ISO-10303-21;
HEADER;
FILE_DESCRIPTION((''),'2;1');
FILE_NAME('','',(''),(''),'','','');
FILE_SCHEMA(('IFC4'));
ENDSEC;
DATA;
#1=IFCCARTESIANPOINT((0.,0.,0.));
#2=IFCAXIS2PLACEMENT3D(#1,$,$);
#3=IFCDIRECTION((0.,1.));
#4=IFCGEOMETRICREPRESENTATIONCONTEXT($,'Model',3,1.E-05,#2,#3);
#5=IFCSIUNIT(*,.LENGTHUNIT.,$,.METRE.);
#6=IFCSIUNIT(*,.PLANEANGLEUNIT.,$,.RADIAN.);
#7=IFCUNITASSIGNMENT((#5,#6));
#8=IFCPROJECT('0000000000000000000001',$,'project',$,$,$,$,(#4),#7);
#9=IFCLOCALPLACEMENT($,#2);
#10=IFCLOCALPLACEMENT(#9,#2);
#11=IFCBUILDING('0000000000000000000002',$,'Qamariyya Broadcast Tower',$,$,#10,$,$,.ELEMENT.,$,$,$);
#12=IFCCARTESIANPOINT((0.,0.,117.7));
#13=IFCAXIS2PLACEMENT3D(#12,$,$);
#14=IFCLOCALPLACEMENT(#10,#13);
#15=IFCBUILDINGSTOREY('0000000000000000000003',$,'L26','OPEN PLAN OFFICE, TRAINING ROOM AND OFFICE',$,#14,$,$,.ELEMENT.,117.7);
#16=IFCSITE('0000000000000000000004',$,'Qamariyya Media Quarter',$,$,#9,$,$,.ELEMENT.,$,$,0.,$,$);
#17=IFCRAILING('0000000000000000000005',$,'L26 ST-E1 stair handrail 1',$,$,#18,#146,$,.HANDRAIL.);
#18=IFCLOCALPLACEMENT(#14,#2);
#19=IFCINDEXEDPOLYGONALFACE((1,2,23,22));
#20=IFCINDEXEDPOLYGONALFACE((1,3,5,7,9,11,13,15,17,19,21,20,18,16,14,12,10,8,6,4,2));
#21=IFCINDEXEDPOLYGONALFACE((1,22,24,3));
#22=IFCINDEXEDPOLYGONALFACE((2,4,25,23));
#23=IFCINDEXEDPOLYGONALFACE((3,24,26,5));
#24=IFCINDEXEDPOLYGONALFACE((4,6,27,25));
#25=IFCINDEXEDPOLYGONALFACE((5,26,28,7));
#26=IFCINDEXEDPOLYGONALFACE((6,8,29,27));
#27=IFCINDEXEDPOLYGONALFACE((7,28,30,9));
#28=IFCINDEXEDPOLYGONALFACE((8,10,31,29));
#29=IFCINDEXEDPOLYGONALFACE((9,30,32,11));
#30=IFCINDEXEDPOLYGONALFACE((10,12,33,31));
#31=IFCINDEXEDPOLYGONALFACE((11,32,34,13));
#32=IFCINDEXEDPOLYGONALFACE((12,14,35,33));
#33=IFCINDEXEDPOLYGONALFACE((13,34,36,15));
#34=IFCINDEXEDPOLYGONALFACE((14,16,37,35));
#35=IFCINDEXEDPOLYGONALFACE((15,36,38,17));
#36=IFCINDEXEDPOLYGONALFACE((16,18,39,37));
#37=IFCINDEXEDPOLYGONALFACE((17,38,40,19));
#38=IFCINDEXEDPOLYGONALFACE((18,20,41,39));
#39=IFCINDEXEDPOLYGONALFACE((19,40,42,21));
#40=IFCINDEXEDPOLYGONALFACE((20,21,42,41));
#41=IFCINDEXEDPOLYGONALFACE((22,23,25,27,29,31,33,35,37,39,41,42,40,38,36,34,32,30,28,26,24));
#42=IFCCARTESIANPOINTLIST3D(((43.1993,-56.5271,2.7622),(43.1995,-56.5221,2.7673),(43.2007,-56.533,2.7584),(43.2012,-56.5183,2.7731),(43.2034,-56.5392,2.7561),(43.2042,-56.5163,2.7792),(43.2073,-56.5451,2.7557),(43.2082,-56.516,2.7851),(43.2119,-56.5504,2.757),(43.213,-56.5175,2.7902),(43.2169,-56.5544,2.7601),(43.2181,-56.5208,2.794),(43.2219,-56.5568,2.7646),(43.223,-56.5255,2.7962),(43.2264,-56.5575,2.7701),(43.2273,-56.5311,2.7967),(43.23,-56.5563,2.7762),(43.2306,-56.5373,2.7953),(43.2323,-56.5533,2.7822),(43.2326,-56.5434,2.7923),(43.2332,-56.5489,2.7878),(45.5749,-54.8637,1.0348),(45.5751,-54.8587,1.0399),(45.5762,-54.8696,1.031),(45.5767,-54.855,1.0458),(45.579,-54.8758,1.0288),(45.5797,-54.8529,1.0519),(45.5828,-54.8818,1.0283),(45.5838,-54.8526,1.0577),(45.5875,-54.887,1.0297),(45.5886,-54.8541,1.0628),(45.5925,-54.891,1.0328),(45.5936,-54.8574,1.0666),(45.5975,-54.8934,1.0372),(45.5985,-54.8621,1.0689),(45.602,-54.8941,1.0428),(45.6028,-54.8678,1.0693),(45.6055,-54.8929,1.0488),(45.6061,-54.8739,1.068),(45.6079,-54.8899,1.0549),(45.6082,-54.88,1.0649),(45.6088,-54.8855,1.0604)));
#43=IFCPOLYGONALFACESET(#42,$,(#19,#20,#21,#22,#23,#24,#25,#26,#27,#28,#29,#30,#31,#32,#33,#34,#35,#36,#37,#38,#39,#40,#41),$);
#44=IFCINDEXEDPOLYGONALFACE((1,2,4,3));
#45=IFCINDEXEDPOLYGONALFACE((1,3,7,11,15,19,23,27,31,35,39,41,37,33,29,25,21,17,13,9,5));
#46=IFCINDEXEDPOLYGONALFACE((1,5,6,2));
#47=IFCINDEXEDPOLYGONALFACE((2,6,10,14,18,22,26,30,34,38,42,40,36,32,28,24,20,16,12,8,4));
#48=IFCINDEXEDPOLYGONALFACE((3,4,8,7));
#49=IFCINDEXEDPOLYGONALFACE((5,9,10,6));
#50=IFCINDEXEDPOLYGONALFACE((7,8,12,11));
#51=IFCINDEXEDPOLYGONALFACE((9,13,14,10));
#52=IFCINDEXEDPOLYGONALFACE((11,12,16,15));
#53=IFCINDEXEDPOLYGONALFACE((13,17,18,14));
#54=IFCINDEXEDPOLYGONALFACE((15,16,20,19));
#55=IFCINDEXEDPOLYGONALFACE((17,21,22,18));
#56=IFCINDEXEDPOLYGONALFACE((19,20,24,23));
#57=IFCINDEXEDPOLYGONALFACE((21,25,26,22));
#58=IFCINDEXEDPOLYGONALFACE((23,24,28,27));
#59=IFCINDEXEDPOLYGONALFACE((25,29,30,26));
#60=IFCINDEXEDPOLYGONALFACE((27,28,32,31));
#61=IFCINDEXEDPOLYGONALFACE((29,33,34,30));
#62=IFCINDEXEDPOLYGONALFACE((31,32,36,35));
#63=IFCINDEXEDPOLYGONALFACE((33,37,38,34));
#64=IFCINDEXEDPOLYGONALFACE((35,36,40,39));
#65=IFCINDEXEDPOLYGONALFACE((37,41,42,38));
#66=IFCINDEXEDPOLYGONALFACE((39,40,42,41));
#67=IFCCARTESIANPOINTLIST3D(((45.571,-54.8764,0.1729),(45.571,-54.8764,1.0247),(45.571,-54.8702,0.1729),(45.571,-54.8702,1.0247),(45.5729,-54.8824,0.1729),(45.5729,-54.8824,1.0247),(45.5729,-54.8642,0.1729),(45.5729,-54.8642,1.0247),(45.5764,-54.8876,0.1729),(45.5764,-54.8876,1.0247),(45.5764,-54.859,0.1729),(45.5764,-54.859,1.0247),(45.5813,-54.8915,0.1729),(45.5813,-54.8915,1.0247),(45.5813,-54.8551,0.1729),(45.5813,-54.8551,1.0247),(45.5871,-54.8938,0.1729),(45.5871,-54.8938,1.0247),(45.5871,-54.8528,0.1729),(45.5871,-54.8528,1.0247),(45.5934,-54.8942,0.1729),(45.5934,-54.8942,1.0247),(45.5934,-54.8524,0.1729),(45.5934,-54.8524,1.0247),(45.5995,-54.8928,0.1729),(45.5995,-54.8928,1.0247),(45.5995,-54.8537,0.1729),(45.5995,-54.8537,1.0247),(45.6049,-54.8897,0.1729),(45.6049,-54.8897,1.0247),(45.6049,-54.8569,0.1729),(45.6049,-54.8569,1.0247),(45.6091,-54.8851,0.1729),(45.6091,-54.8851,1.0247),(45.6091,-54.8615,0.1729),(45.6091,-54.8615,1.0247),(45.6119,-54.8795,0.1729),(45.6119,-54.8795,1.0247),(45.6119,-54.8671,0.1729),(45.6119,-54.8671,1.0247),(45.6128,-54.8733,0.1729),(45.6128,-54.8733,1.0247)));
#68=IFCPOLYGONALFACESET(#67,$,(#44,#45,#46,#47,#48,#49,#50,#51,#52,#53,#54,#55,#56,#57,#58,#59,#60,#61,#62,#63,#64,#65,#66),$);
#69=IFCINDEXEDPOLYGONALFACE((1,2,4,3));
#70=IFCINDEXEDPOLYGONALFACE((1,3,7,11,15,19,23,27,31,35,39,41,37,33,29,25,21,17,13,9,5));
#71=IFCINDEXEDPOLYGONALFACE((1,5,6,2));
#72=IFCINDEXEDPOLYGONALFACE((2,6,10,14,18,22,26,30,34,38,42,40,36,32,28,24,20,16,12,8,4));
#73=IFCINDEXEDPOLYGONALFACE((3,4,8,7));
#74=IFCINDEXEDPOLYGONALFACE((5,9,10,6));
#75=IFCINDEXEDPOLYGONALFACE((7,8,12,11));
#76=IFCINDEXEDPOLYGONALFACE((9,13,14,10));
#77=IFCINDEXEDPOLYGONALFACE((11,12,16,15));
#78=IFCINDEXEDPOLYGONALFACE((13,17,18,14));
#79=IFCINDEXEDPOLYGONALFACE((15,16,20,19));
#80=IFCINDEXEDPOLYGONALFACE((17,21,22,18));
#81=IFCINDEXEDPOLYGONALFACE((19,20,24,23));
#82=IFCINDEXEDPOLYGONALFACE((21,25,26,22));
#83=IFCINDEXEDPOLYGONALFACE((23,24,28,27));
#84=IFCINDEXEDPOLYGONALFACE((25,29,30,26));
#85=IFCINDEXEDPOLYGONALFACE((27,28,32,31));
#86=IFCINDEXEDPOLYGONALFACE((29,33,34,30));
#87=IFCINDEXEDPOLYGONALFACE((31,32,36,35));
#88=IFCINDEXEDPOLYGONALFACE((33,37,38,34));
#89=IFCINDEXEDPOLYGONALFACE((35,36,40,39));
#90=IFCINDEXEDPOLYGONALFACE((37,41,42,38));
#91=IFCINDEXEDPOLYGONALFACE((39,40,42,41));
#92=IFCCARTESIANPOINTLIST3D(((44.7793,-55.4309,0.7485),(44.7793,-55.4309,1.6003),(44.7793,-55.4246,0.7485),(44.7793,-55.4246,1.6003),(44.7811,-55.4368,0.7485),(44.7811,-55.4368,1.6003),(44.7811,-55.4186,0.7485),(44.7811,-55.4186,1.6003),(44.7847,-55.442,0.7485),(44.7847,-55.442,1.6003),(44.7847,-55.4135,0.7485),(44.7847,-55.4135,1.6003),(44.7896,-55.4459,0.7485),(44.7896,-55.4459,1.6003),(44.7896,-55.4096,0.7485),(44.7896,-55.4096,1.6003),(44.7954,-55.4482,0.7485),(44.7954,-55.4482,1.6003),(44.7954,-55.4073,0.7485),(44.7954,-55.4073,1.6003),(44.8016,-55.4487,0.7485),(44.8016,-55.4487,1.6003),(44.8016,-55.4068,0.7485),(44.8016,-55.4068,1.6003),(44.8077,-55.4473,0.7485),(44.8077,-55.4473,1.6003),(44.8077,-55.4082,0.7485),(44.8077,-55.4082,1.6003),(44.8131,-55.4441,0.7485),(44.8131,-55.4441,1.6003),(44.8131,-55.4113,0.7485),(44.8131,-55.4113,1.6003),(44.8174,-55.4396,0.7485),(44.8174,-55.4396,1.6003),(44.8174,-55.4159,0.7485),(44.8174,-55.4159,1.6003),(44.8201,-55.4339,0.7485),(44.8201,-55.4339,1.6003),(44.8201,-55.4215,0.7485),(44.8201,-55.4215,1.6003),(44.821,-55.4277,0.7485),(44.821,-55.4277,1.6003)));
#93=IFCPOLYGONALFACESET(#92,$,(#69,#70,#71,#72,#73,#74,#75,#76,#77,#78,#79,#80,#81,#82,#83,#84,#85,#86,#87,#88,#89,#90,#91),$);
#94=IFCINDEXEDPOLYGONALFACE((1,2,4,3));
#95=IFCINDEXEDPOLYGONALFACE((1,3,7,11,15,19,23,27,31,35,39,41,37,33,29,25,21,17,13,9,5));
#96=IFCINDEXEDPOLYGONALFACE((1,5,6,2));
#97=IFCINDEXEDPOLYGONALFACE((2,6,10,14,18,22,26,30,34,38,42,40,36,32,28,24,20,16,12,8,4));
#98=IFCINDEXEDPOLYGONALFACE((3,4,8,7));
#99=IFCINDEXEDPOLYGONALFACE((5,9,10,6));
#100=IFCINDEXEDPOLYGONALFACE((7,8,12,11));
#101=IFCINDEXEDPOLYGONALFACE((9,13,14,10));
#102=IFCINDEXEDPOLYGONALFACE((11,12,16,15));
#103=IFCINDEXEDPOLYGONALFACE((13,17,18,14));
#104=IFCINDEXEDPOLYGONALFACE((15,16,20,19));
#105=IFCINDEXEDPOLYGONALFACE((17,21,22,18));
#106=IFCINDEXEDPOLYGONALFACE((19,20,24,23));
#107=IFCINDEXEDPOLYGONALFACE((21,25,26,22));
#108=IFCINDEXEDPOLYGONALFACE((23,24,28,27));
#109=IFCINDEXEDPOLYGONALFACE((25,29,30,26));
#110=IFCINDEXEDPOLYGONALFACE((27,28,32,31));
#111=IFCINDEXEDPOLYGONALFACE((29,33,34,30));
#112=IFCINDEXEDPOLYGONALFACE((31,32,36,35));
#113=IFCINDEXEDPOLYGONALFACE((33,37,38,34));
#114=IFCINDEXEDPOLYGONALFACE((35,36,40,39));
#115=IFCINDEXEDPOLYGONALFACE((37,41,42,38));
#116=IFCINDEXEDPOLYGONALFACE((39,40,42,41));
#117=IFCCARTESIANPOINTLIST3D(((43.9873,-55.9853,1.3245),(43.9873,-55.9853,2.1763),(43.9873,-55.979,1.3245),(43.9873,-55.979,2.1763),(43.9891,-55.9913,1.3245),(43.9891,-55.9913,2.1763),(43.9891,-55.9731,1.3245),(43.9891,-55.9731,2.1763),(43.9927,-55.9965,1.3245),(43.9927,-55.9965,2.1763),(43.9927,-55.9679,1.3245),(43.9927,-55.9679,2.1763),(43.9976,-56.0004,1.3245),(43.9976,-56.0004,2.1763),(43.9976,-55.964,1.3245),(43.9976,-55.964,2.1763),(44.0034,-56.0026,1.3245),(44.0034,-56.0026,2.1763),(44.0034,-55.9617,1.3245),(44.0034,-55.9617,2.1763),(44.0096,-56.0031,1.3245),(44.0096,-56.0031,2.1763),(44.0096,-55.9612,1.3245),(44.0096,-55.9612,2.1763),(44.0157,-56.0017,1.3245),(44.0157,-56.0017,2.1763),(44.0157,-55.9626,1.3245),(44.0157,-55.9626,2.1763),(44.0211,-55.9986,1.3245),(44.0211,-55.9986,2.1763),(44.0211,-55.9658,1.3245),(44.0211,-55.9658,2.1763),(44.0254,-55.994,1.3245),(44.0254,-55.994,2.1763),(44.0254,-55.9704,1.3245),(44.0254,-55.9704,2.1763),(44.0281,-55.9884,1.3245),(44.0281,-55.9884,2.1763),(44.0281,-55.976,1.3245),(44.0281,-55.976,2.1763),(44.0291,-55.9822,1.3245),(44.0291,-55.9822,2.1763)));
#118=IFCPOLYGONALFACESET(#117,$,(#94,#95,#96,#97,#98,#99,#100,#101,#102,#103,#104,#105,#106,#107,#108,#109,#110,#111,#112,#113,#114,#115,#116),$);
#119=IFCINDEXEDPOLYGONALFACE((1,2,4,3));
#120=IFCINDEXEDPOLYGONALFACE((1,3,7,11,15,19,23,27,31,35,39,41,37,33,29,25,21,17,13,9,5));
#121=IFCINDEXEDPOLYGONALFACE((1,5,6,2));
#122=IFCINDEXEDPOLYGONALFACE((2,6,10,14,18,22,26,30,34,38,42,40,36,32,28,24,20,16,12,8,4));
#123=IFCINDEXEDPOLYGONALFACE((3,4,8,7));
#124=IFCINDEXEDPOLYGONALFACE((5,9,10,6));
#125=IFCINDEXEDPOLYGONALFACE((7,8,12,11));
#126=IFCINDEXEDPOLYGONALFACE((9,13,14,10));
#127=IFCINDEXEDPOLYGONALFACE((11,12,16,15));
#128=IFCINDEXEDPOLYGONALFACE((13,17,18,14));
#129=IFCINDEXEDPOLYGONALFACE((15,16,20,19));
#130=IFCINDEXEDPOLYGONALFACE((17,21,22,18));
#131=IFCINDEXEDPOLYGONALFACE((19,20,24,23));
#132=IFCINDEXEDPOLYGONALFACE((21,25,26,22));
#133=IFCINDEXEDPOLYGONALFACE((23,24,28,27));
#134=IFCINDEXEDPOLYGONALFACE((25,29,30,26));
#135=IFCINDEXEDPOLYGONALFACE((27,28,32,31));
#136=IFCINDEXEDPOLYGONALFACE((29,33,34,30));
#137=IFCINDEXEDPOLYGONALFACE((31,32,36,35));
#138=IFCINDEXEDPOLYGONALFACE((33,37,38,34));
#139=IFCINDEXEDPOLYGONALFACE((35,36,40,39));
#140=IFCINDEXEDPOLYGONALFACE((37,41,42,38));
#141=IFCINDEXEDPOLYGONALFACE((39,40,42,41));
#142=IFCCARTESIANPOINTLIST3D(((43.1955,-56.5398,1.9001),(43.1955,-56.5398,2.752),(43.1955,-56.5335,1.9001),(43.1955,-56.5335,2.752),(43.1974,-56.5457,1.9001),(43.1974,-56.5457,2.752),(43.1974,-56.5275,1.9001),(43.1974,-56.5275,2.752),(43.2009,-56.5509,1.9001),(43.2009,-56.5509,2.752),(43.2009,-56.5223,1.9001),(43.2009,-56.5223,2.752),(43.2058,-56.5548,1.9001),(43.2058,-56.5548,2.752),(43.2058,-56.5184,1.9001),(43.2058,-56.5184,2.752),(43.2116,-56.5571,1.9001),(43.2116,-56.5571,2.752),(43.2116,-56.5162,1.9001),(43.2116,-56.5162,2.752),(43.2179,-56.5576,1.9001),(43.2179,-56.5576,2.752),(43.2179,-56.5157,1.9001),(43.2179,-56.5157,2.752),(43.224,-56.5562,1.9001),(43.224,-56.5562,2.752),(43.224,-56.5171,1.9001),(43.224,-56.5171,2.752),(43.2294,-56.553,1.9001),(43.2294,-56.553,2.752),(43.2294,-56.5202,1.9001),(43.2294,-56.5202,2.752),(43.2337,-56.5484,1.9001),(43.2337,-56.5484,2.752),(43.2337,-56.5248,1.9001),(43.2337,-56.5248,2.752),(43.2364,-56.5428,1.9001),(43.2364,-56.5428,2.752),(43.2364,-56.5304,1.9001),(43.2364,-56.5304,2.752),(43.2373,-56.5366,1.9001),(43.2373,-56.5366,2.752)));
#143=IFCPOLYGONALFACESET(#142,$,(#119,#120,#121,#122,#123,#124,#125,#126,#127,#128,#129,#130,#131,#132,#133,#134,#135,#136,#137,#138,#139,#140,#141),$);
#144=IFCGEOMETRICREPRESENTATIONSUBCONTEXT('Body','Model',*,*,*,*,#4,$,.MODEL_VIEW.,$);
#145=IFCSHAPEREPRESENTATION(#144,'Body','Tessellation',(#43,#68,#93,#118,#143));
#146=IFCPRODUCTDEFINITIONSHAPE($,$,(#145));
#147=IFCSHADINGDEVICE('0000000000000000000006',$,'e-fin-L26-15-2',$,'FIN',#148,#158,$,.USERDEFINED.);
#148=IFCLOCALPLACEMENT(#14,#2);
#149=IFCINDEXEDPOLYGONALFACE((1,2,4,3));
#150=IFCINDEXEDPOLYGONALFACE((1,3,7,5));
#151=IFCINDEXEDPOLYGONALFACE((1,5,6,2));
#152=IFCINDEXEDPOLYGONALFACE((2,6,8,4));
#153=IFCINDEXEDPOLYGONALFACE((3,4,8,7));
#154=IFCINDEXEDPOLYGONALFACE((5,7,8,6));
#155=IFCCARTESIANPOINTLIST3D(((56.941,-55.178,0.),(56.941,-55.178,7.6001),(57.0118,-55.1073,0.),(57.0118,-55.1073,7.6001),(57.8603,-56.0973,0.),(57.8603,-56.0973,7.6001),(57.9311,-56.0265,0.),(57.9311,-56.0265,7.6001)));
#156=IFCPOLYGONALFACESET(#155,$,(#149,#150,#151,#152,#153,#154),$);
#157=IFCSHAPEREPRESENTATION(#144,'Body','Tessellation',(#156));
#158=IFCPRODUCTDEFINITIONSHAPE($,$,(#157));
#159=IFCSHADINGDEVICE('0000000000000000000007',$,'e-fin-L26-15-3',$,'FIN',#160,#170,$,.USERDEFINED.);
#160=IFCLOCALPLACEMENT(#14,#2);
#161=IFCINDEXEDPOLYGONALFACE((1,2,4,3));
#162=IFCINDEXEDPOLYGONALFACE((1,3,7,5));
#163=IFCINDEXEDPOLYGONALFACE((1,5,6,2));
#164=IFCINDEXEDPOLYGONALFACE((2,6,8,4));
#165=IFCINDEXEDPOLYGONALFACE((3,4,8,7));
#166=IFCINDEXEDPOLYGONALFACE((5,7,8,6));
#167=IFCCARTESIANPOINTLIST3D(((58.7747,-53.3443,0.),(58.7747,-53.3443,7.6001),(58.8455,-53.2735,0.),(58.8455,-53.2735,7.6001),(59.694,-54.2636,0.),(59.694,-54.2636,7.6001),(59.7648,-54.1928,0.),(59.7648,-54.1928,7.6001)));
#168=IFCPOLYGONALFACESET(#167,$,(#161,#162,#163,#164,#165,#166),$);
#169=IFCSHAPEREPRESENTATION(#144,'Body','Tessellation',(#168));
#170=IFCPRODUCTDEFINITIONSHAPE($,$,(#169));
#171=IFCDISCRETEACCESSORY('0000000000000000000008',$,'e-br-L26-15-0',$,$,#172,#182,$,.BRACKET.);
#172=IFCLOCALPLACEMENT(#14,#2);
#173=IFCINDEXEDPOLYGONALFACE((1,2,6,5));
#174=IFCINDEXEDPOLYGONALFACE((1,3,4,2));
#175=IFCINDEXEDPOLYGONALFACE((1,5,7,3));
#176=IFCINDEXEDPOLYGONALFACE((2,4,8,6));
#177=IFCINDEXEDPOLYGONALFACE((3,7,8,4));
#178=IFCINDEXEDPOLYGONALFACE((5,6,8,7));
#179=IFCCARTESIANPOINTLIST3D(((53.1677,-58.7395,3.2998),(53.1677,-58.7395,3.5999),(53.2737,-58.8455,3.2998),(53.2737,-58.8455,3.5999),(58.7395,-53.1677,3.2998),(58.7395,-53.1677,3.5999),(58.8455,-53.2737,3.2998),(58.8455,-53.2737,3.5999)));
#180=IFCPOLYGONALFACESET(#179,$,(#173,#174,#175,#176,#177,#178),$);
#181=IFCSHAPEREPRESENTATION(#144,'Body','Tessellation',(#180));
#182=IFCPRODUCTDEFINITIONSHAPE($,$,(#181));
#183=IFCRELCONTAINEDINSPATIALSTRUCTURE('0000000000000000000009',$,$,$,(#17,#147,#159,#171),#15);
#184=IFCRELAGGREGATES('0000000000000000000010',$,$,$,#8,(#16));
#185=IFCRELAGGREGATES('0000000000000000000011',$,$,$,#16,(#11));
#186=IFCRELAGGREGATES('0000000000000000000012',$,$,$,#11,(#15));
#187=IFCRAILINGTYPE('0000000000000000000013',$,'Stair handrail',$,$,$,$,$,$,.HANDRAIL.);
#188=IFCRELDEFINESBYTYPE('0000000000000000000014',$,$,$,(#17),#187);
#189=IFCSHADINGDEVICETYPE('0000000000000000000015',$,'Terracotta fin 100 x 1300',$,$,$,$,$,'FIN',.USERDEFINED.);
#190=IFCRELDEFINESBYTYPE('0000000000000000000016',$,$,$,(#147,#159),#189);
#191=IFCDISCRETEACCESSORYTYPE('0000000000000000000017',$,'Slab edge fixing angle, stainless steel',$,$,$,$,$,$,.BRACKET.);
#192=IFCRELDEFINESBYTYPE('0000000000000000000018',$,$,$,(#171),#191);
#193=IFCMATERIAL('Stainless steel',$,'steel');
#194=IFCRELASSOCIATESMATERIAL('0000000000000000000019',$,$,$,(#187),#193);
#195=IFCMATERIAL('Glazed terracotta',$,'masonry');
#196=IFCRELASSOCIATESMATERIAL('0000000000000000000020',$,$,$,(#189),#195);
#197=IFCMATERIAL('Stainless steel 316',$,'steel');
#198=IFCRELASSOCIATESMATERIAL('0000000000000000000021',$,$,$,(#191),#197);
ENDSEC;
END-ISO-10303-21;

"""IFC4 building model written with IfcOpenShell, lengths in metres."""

from ifc_helpers import new_model, si_unit, direction, frame, origin, origin_2d, place, context, subcontext, project, spatial, rectangle, circle, extrude, material, material_profile, profile_set, type_object, element, save


model = new_model("IFC4")

# Units and contexts
model_context = context("Model", 3, precision=1e-05, world=origin(), true_north=direction((0.0, 1.0)))
body_context = subcontext(model_context, "Body", "Model", "MODEL_VIEW")
ifc_project = project(units=[si_unit("LENGTHUNIT", "METRE"), si_unit("PLANEANGLEUNIT", "RADIAN")], contexts=[model_context])

# Site, building, storey
site_placement = place(None, origin())
site = spatial("IfcSite", under=ifc_project, at=site_placement, Name="Qamariyya Media Quarter", CompositionType="ELEMENT", RefElevation=0.0)
building_placement = place(site_placement, origin())
building = spatial("IfcBuilding", under=site, at=building_placement, Name="Qamariyya Broadcast Tower", CompositionType="ELEMENT")
storey_placement = place(building_placement, frame((0.0, 0.0, 117.7)))
storey = spatial("IfcBuildingStorey", under=building, at=storey_placement, Name="L26", Description="OPEN PLAN OFFICE, TRAINING ROOM AND OFFICE", CompositionType="ELEMENT", Elevation=117.7)

# Railing
ifc_material_1 = material(Name="Stainless steel", Category="steel")
railing_type_1 = type_object("IfcRailingType", Name="Stair handrail", PredefinedType="HANDRAIL", material=ifc_material_1)
railing_1_placement = place(storey_placement, frame((45.5918, -54.8733, 0.1729)))
element("IfcRailing", 1, at=railing_1_placement, inside=storey, type_object=railing_type_1, Name="L26 ST-E1 stair handrail 1", PredefinedType="HANDRAIL", context=body_context, shape_type="SweptSolid", body=[
    extrude(circle(Radius=0.0239, at=origin_2d()), frame((0.0, 0.0, 0.876), z_axis=(-0.70377, -0.492784, 0.511734), x_axis=(0.573575, -0.819153, 0.0)), (0.0, 0.0, 1.0), 3.3755),
    extrude(circle(Radius=0.021, at=origin_2d()), origin(), (0.0, 0.0, 1.0), 0.8518),
    extrude(circle(Radius=0.021, at=origin_2d()), frame((-0.7917, -0.5544, 0.5757)), (0.0, 0.0, 1.0), 0.8518),
    extrude(circle(Radius=0.021, at=origin_2d()), frame((-1.5837, -1.1089, 1.1516)), (0.0, 0.0, 1.0), 0.8518),
    extrude(circle(Radius=0.021, at=origin_2d()), frame((-2.3755, -1.6633, 1.7273)), (0.0, 0.0, 1.0), 0.8518),
])

# Shading devices
ifc_material_2 = material(Name="Glazed terracotta", Category="masonry")
ifc_material_profile_1 = material_profile(ifc_material_2, rectangle(XDim=1.3, YDim=0.1001, at=origin_2d()))
ifc_profile_set_1 = profile_set([ifc_material_profile_1], Name="Glazed terracotta")
shading_device_type = type_object("IfcShadingDeviceType", Name="Terracotta fin 100 x 1300", ElementType="FIN", PredefinedType="USERDEFINED", material=ifc_profile_set_1)
for number, where, z_axis, x_axis, name in (
    (2, (57.436, -55.6023, 0.0), (0.0, 0.0, 1.0), (0.707107, -0.707107, 0.0), "e-fin-L26-15-2"),
    (3, (59.2698, -53.7686, 0.0), (0.0, 0.0, 1.0), (0.707107, -0.707107, 0.0), "e-fin-L26-15-3"),
):
    element("IfcShadingDevice", number, at=place(storey_placement, frame(where, z_axis=z_axis, x_axis=x_axis)), inside=storey, type_object=shading_device_type, Name=name, ObjectType="FIN", PredefinedType="USERDEFINED", context=body_context, shape_type="SweptSolid", body=[
        extrude(rectangle(XDim=1.3, YDim=0.1001, at=origin_2d()), origin(), (0.0, 0.0, 1.0), 7.6001),
    ])

# Discrete accessory
ifc_material_3 = material(Name="Stainless steel 316", Category="steel")
discrete_accessory_type = type_object("IfcDiscreteAccessoryType", Name="Slab edge fixing angle, stainless steel", PredefinedType="BRACKET", material=ifc_material_3)
discrete_accessory_placement = place(storey_placement, frame((56.0066, -56.0066, 3.2998), z_axis=(0.0, 0.0, 1.0), x_axis=(0.707107, 0.707107, 0.0)))
element("IfcDiscreteAccessory", 4, at=discrete_accessory_placement, inside=storey, type_object=discrete_accessory_type, Name="e-br-L26-15-0", PredefinedType="BRACKET", context=body_context, shape_type="SweptSolid", body=[
    extrude(rectangle(XDim=7.8796, YDim=0.1499, at=origin_2d()), origin(), (0.0, 0.0, 1.0), 0.3),
])

save(model, "model.ifc")
